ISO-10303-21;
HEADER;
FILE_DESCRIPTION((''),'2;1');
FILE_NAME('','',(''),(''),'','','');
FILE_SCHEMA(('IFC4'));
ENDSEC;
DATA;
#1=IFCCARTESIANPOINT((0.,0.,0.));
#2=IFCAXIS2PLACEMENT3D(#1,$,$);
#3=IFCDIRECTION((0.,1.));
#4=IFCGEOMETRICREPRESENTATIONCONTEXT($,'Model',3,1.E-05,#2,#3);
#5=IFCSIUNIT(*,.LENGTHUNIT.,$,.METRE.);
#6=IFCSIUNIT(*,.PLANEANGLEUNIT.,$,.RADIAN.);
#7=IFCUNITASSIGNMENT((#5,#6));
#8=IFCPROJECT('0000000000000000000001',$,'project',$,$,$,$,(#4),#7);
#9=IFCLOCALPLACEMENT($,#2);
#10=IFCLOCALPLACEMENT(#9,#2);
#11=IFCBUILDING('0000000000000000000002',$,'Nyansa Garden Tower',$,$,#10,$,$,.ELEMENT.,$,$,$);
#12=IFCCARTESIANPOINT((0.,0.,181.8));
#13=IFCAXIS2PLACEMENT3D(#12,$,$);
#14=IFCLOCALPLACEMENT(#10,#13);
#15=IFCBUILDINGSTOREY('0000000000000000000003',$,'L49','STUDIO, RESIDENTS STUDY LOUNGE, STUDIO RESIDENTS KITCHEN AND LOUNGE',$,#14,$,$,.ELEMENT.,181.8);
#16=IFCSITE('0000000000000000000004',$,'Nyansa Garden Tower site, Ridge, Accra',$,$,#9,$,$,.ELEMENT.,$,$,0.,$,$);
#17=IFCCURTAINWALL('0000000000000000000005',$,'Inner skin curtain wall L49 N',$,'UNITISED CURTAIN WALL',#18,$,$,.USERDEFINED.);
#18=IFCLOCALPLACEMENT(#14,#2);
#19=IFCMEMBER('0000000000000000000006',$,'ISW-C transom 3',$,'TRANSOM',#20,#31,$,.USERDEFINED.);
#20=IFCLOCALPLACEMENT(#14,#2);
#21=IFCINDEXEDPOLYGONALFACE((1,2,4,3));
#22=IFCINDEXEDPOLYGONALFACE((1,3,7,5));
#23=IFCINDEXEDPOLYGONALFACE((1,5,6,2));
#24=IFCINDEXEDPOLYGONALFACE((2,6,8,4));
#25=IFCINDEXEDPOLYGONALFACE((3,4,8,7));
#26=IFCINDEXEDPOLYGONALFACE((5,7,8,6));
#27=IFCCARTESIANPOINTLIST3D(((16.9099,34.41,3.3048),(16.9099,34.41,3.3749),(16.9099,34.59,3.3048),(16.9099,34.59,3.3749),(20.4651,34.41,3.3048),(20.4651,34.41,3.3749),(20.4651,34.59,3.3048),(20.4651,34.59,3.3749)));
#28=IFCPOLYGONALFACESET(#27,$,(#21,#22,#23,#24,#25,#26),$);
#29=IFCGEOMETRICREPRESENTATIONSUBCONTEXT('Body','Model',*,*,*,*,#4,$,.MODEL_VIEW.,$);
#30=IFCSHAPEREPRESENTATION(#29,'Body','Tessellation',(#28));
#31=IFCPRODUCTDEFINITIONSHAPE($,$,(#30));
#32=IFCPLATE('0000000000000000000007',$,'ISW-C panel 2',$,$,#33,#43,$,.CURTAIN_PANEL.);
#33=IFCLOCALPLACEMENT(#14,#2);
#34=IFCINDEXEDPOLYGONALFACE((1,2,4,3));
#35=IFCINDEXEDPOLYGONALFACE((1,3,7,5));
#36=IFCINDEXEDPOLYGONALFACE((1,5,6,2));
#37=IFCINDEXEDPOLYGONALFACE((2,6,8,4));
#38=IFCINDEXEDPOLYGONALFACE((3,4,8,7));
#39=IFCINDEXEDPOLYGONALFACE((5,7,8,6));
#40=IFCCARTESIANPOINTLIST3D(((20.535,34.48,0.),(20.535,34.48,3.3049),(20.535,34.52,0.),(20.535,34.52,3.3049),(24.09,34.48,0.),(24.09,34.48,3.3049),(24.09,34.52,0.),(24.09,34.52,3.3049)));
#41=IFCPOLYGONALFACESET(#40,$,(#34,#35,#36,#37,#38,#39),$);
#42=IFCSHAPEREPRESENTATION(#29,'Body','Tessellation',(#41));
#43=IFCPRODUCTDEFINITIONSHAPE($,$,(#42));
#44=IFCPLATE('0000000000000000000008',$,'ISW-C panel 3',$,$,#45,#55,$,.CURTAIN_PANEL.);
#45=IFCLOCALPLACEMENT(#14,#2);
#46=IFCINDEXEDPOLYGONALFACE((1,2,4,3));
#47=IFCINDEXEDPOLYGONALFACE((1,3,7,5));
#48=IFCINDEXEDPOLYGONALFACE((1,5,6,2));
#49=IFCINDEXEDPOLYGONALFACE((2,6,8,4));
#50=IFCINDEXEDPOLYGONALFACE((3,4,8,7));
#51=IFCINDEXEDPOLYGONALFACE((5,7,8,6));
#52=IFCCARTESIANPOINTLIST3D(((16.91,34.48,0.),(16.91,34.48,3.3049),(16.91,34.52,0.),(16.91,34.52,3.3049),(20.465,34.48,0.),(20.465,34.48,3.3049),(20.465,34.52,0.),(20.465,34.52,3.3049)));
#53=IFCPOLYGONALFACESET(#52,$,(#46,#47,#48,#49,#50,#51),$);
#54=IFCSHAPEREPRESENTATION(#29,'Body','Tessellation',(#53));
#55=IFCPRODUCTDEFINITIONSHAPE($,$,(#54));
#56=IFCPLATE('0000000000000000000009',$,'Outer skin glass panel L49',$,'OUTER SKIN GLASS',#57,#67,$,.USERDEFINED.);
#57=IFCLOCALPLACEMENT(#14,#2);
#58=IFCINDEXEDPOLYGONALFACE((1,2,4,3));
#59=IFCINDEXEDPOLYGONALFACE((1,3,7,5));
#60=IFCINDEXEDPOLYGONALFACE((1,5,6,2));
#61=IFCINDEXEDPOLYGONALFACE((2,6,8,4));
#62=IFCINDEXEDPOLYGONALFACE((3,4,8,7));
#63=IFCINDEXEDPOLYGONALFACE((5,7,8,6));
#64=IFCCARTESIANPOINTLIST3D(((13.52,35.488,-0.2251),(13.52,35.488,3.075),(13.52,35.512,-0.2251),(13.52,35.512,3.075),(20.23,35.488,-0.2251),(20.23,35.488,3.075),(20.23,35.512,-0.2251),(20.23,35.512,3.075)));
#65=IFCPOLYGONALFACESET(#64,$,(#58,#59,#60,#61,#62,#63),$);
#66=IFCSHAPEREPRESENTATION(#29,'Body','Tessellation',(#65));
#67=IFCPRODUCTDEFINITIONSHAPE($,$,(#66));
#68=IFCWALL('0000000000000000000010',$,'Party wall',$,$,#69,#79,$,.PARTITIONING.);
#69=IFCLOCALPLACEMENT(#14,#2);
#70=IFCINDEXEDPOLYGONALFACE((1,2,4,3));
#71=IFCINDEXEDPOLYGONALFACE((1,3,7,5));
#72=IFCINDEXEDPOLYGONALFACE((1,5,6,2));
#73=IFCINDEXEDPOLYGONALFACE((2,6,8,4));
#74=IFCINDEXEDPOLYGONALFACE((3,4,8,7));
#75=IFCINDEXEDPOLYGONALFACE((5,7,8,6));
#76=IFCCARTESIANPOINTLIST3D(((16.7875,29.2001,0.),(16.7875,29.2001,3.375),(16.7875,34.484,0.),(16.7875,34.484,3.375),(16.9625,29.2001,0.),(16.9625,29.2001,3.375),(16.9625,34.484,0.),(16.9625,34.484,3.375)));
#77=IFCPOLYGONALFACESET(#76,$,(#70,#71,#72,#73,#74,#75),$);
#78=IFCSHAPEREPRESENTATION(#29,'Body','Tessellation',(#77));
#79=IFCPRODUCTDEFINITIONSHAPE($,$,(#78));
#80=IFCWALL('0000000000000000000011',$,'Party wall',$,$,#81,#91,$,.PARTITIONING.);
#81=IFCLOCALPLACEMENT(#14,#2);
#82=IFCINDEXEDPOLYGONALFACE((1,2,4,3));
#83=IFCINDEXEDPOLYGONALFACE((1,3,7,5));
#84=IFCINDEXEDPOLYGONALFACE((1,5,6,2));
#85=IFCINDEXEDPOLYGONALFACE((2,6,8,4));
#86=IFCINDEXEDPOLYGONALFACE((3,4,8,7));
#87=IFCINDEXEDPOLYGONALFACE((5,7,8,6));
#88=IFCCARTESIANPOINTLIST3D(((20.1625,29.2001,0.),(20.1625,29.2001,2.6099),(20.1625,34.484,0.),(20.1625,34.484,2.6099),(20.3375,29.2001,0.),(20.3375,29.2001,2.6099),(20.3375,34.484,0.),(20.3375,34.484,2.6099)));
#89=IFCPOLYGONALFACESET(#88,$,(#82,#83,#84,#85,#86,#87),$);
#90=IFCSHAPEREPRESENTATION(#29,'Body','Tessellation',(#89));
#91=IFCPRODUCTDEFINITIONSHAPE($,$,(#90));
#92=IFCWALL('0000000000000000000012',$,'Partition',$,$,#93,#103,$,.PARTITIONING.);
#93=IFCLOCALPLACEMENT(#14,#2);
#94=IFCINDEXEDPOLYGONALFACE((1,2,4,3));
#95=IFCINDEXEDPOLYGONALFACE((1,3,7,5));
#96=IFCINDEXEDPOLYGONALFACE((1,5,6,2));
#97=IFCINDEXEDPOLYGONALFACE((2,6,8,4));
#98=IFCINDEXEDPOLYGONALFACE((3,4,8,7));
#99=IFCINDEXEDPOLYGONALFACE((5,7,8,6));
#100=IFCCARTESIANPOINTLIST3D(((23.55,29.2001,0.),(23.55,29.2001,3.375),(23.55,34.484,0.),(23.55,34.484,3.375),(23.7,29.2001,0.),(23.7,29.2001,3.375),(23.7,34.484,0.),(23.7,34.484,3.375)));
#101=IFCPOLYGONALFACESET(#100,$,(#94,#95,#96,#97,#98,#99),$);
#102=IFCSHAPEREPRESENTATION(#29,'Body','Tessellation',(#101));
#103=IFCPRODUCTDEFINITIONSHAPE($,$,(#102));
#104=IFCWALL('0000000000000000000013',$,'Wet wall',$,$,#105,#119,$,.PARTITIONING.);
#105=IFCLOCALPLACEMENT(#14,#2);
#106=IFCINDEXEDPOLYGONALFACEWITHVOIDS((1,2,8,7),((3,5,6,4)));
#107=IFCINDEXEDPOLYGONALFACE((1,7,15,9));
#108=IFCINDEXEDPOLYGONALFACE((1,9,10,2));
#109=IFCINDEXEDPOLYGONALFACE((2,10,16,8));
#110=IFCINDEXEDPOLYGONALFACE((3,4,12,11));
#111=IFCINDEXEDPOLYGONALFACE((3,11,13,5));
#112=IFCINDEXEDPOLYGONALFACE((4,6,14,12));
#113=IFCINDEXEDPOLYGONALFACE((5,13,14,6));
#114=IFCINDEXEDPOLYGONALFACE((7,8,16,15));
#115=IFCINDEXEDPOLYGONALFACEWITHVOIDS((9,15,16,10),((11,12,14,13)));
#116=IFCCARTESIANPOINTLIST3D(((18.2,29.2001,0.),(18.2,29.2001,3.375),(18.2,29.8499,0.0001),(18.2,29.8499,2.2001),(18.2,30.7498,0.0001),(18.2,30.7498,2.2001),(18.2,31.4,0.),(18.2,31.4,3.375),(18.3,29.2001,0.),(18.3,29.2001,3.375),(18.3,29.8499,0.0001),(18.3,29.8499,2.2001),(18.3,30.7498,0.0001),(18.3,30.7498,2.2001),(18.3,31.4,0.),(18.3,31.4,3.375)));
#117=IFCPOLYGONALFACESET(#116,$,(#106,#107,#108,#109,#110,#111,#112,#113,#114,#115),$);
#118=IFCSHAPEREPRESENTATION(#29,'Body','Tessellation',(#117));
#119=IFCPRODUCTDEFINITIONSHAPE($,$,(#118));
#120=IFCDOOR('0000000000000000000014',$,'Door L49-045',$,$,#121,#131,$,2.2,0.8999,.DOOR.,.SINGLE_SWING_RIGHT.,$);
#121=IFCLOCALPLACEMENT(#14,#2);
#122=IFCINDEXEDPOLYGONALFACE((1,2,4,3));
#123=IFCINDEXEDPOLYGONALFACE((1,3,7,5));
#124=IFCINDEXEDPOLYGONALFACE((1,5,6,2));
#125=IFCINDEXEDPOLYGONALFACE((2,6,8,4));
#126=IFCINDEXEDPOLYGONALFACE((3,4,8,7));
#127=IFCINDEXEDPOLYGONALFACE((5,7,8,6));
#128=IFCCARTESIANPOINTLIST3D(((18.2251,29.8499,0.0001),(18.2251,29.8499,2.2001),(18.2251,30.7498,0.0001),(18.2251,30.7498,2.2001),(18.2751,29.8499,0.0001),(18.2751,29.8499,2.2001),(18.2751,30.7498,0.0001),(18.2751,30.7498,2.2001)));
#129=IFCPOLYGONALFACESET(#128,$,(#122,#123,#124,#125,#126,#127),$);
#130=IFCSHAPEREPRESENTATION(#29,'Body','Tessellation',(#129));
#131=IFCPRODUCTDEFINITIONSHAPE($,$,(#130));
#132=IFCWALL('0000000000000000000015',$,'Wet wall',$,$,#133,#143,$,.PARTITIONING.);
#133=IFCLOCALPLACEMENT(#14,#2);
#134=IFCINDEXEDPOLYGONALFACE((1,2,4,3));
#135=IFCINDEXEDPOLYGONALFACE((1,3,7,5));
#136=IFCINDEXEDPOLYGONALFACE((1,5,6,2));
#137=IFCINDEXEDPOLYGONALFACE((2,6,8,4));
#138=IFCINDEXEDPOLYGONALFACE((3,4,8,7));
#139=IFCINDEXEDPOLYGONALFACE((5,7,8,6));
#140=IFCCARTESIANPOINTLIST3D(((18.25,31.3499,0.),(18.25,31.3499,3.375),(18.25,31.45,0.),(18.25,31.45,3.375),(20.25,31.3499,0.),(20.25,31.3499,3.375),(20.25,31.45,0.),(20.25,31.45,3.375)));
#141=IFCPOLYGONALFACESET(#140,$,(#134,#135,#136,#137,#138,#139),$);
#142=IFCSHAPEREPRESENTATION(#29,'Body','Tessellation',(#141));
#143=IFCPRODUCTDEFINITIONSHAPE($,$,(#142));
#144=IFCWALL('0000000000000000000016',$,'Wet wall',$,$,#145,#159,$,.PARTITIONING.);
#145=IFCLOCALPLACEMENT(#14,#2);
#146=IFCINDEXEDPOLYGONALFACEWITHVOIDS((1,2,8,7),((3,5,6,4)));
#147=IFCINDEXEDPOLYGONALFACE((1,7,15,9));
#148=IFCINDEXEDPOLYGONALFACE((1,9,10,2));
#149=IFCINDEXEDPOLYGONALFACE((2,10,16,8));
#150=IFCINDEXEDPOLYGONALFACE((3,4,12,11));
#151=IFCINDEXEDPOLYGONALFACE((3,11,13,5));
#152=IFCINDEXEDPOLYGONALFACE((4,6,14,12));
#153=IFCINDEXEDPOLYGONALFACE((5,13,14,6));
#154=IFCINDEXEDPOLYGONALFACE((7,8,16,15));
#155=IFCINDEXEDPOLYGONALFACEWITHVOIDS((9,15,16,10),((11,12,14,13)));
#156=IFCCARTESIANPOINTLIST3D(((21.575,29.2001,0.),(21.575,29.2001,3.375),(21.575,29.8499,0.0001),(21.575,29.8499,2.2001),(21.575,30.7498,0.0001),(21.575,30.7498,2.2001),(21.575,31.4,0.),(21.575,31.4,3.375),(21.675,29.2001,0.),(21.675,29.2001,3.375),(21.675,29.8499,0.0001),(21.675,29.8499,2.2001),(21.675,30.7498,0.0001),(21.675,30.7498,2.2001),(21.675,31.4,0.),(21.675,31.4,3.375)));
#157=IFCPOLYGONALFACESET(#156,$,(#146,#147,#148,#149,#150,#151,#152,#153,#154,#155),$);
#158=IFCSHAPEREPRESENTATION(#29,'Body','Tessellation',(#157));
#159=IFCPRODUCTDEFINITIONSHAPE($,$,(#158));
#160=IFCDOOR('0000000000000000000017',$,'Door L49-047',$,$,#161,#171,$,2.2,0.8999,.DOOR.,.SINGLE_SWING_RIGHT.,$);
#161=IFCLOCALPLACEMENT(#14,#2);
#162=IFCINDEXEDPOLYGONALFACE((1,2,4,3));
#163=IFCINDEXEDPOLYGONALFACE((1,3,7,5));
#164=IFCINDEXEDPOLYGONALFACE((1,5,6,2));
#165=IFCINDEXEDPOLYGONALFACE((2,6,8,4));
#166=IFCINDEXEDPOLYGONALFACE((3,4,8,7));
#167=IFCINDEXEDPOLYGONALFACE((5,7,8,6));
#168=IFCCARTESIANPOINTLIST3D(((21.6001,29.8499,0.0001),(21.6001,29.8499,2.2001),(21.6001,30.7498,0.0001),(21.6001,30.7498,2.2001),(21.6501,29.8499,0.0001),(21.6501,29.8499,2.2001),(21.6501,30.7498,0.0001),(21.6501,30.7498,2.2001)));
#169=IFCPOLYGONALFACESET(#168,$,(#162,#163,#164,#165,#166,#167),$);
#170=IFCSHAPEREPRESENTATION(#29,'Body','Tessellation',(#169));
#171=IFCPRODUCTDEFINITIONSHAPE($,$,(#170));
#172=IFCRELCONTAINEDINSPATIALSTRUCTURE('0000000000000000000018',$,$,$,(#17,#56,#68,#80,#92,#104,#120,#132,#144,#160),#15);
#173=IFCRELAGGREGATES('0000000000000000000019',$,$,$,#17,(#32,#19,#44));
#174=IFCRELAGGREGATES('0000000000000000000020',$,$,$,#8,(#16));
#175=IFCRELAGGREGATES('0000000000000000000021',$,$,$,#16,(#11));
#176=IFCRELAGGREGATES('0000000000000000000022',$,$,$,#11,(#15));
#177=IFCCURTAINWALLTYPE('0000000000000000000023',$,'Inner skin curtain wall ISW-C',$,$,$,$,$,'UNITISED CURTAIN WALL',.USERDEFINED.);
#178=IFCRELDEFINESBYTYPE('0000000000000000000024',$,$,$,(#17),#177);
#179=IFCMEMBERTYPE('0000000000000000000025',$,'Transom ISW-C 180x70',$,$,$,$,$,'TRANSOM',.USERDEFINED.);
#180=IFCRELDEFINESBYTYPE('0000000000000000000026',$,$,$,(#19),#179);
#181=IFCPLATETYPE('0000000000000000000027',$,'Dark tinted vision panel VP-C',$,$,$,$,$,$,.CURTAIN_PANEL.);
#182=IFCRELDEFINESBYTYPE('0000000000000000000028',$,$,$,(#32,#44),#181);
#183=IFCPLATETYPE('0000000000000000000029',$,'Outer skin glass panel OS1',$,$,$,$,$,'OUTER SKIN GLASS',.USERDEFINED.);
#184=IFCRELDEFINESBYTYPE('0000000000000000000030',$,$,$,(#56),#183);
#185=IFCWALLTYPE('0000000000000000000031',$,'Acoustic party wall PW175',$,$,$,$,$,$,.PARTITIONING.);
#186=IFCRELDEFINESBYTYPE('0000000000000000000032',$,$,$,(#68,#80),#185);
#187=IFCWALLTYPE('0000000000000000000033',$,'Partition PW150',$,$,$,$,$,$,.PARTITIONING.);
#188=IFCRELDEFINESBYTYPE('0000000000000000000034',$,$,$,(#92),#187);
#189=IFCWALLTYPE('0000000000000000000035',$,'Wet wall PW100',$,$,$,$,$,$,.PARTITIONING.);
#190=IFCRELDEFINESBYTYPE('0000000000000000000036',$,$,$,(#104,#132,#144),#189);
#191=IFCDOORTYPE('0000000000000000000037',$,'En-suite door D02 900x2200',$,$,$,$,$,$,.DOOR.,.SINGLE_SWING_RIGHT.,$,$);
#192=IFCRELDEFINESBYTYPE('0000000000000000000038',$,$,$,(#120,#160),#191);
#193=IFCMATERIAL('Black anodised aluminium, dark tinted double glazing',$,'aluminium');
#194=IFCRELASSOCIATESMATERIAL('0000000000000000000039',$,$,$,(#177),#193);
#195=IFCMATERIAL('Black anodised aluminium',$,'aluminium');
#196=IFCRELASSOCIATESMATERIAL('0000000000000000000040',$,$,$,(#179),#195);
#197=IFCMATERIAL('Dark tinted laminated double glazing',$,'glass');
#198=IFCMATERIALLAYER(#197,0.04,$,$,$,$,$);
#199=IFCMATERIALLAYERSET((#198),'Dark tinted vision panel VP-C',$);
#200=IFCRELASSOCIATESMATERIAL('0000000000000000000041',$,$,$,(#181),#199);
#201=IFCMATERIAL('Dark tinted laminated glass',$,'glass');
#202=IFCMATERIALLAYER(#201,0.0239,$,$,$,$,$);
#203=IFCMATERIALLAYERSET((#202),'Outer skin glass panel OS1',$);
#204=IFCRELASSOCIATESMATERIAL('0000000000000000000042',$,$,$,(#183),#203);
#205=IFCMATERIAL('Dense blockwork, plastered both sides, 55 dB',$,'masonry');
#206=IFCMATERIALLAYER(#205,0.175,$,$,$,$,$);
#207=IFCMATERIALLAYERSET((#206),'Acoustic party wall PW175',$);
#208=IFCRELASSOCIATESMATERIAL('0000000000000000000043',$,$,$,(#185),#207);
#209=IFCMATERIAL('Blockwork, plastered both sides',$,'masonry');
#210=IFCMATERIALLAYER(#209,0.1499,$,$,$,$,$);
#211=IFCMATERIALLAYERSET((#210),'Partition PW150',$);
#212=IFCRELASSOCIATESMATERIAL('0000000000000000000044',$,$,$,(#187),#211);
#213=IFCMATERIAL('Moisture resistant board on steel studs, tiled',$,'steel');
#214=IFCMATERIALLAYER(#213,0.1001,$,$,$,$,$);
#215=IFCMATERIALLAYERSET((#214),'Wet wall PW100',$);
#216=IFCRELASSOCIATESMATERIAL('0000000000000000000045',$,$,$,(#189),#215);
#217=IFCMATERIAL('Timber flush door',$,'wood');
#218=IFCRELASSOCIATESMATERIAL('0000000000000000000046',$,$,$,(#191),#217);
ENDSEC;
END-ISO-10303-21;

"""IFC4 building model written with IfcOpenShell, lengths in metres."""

from ifc_helpers import new_model, si_unit, direction, frame, frame_2d, origin, origin_2d, place, context, subcontext, project, spatial, rectangle, extrude, material, layer, layer_set, material_profile, profile_set, type_object, element, fill, aggregate, save


model = new_model("IFC4")

# Units and contexts
model_context = context("Model", 3, precision=1e-05, world=origin(), true_north=direction((0.0, 1.0)))
body_context = subcontext(model_context, "Body", "Model", "MODEL_VIEW")
ifc_project = project(units=[si_unit("LENGTHUNIT", "METRE"), si_unit("PLANEANGLEUNIT", "RADIAN")], contexts=[model_context])

# Site, building, storey
site_placement = place(None, origin())
site = spatial("IfcSite", under=ifc_project, at=site_placement, Name="Nyansa Garden Tower site, Ridge, Accra", CompositionType="ELEMENT", RefElevation=0.0)
building_placement = place(site_placement, origin())
building = spatial("IfcBuilding", under=site, at=building_placement, Name="Nyansa Garden Tower", CompositionType="ELEMENT")
storey_placement = place(building_placement, frame((0.0, 0.0, 181.8)))
storey = spatial("IfcBuildingStorey", under=building, at=storey_placement, Name="L49", Description="STUDIO, RESIDENTS STUDY LOUNGE, STUDIO RESIDENTS KITCHEN AND LOUNGE", CompositionType="ELEMENT", Elevation=181.8)

# Curtain wall
ifc_material_1 = material(Name="Black anodised aluminium, dark tinted double glazing", Category="aluminium")
curtain_wall_type = type_object("IfcCurtainWallType", Name="Inner skin curtain wall ISW-C", ElementType="UNITISED CURTAIN WALL", PredefinedType="USERDEFINED", material=ifc_material_1)
curtain_wall_placement = place(storey_placement, origin())
curtain_wall = element("IfcCurtainWall", 1, at=curtain_wall_placement, inside=storey, type_object=curtain_wall_type, Name="Inner skin curtain wall L49 N", ObjectType="UNITISED CURTAIN WALL", PredefinedType="USERDEFINED")

# Member
ifc_material_2 = material(Name="Black anodised aluminium", Category="aluminium")
ifc_material_profile_1 = material_profile(ifc_material_2, rectangle(XDim=0.1799, YDim=0.0701, at=origin_2d()), Name="Transom 180x70")
ifc_profile_set_1 = profile_set([ifc_material_profile_1], Name="Black anodised aluminium")
member_type_1 = type_object("IfcMemberType", Name="Transom ISW-C 180x70", ElementType="TRANSOM", PredefinedType="USERDEFINED", material=ifc_profile_set_1)
member_1_placement = place(storey_placement, frame((20.4651, 34.5, 3.3398), z_axis=(-1.0, 0.0, 0.0), x_axis=(0.0, -1.0, 0.0)))
member_1 = element("IfcMember", 2, at=member_1_placement, type_object=member_type_1, Name="ISW-C transom 3", ObjectType="TRANSOM", PredefinedType="USERDEFINED", context=body_context, shape_type="SweptSolid", body=[
    extrude(rectangle(XDim=0.1799, YDim=0.0701, at=origin_2d()), origin(), (0.0, 0.0, 1.0), 3.5552),
])

# Plates
ifc_material_3 = material(Name="Dark tinted laminated double glazing", Category="glass")
ifc_layer_1 = layer(ifc_material_3, 0.04)
ifc_layer_set_1 = layer_set([ifc_layer_1], Name="Dark tinted vision panel VP-C")
plate_type_1 = type_object("IfcPlateType", Name="Dark tinted vision panel VP-C", PredefinedType="CURTAIN_PANEL", material=ifc_layer_set_1)
plate_1_placement = place(storey_placement, frame((22.3125, 34.5, 0.0), z_axis=(0.0, 0.0, 1.0), x_axis=(-1.0, 0.0, 0.0)))
plate_1 = element("IfcPlate", 3, at=plate_1_placement, type_object=plate_type_1, Name="ISW-C panel 2", PredefinedType="CURTAIN_PANEL", context=body_context, shape_type="SweptSolid", body=[
    extrude(rectangle(XDim=3.5549, YDim=0.04, at=origin_2d()), origin(), (0.0, 0.0, 1.0), 3.3049),
])
plate_2_placement = place(storey_placement, frame((18.6875, 34.5, 0.0), z_axis=(0.0, 0.0, 1.0), x_axis=(-1.0, 0.0, 0.0)))
plate_2 = element("IfcPlate", 4, at=plate_2_placement, type_object=plate_type_1, Name="ISW-C panel 3", PredefinedType="CURTAIN_PANEL", context=body_context, shape_type="SweptSolid", body=[
    extrude(rectangle(XDim=3.5549, YDim=0.04, at=origin_2d()), origin(), (0.0, 0.0, 1.0), 3.3049),
])
aggregate(curtain_wall, [plate_1, member_1, plate_2])
ifc_material_4 = material(Name="Dark tinted laminated glass", Category="glass")
ifc_layer_2 = layer(ifc_material_4, 0.0239)
ifc_layer_set_2 = layer_set([ifc_layer_2], Name="Outer skin glass panel OS1")
plate_type_2 = type_object("IfcPlateType", Name="Outer skin glass panel OS1", ElementType="OUTER SKIN GLASS", PredefinedType="USERDEFINED", material=ifc_layer_set_2)
plate_3_placement = place(storey_placement, frame((16.875, 35.5, -0.2251), z_axis=(0.0, 0.0, 1.0), x_axis=(1.0, 0.0, 0.0)))
element("IfcPlate", 5, at=plate_3_placement, inside=storey, type_object=plate_type_2, Name="Outer skin glass panel L49", ObjectType="OUTER SKIN GLASS", PredefinedType="USERDEFINED", context=body_context, shape_type="SweptSolid", body=[
    extrude(rectangle(XDim=6.71, YDim=0.0239, at=origin_2d()), origin(), (0.0, 0.0, 1.0), 3.3),
])

# Walls
ifc_material_5 = material(Name="Dense blockwork, plastered both sides, 55 dB", Category="masonry")
ifc_layer_3 = layer(ifc_material_5, 0.175)
ifc_layer_set_3 = layer_set([ifc_layer_3], Name="Acoustic party wall PW175")
wall_type_1 = type_object("IfcWallType", Name="Acoustic party wall PW175", PredefinedType="PARTITIONING", material=ifc_layer_set_3)
wall_1_placement = place(storey_placement, frame((16.875, 29.2, 0.0), z_axis=(0.0, 0.0, 1.0), x_axis=(0.0, 1.0, 0.0)))
element("IfcWall", 6, at=wall_1_placement, inside=storey, type_object=wall_type_1, Name="Party wall", PredefinedType="PARTITIONING", context=body_context, shape_type="SweptSolid", body=[
    extrude(rectangle(XDim=5.2839, YDim=0.175, at=frame_2d((2.6421, 0.0))), origin(), (0.0, 0.0, 1.0), 3.375),
])
wall_2_placement = place(storey_placement, frame((20.25, 29.2, 0.0), z_axis=(0.0, 0.0, 1.0), x_axis=(0.0, 1.0, 0.0)))
element("IfcWall", 7, at=wall_2_placement, inside=storey, type_object=wall_type_1, Name="Party wall", PredefinedType="PARTITIONING", context=body_context, shape_type="SweptSolid", body=[
    extrude(rectangle(XDim=5.2839, YDim=0.175, at=frame_2d((2.6421, 0.0))), origin(), (0.0, 0.0, 1.0), 2.6099),
])
ifc_material_6 = material(Name="Blockwork, plastered both sides", Category="masonry")
ifc_layer_4 = layer(ifc_material_6, 0.1499)
ifc_layer_set_4 = layer_set([ifc_layer_4], Name="Partition PW150")
wall_type_2 = type_object("IfcWallType", Name="Partition PW150", PredefinedType="PARTITIONING", material=ifc_layer_set_4)
wall_3_placement = place(storey_placement, frame((23.625, 29.2, 0.0), z_axis=(0.0, 0.0, 1.0), x_axis=(0.0, 1.0, 0.0)))
element("IfcWall", 8, at=wall_3_placement, inside=storey, type_object=wall_type_2, Name="Partition", PredefinedType="PARTITIONING", context=body_context, shape_type="SweptSolid", body=[
    extrude(rectangle(XDim=5.2839, YDim=0.1499, at=frame_2d((2.6421, 0.0))), origin(), (0.0, 0.0, 1.0), 3.375),
])

# Wall, opening, door
ifc_material_7 = material(Name="Moisture resistant board on steel studs, tiled", Category="steel")
ifc_layer_5 = layer(ifc_material_7, 0.1001)
ifc_layer_set_5 = layer_set([ifc_layer_5], Name="Wet wall PW100")
wall_type_3 = type_object("IfcWallType", Name="Wet wall PW100", PredefinedType="PARTITIONING", material=ifc_layer_set_5)
wall_4_placement = place(storey_placement, frame((18.25, 29.2, 0.0), z_axis=(0.0, 0.0, 1.0), x_axis=(0.0, 1.0, 0.0)))
wall_4 = element("IfcWall", 9, at=wall_4_placement, inside=storey, type_object=wall_type_3, Name="Wet wall", PredefinedType="PARTITIONING", context=body_context, shape_type="SweptSolid", body=[
    extrude(rectangle(XDim=2.2, YDim=0.1001, at=frame_2d((1.1001, 0.0))), origin(), (0.0, 0.0, 1.0), 3.375),
])
opening_1_placement = place(wall_4_placement, frame((0.6499, 0.0, 0.0)))
opening_1 = element("IfcOpeningElement", 10, at=opening_1_placement, cuts=wall_4, PredefinedType="OPENING", context=body_context, shape_type="SweptSolid", body=[
    extrude(rectangle(XDim=0.8999, YDim=2.2, at=frame_2d((0.45, 1.1001))), frame((0.0, 0.0601, 0.0), z_axis=(0.0, -1.0, 0.0), x_axis=(1.0, 0.0, 0.0)), (0.0, 0.0, 1.0), 0.1201),
])
ifc_material_8 = material(Name="Timber flush door", Category="wood")
door_type = type_object("IfcDoorType", Name="En-suite door D02 900x2200", OperationType="SINGLE_SWING_RIGHT", PredefinedType="DOOR", material=ifc_material_8)
door_1_placement = place(opening_1_placement, origin())
door_1 = element("IfcDoor", 11, at=door_1_placement, inside=storey, type_object=door_type, Name="Door L49-045", OperationType="SINGLE_SWING_RIGHT", OverallHeight=2.2, OverallWidth=0.8999, PredefinedType="DOOR", context=body_context, shape_type="SweptSolid", body=[
    extrude(rectangle(XDim=0.8999, YDim=2.2, at=frame_2d((0.45, 1.1001))), frame((0.0, 0.0249, 0.0), z_axis=(0.0, -1.0, 0.0), x_axis=(1.0, 0.0, 0.0)), (0.0, 0.0, 1.0), 0.05),
])
fill(opening_1, door_1)

# Wall
wall_5_placement = place(storey_placement, frame((18.25, 31.3999, 0.0), z_axis=(0.0, 0.0, 1.0), x_axis=(1.0, 0.0, 0.0)))
element("IfcWall", 12, at=wall_5_placement, inside=storey, type_object=wall_type_3, Name="Wet wall", PredefinedType="PARTITIONING", context=body_context, shape_type="SweptSolid", body=[
    extrude(rectangle(XDim=2.0, YDim=0.1001, at=frame_2d((1.0, 0.0))), origin(), (0.0, 0.0, 1.0), 3.375),
])

# Wall, opening, door
wall_6_placement = place(storey_placement, frame((21.625, 29.2, 0.0), z_axis=(0.0, 0.0, 1.0), x_axis=(0.0, 1.0, 0.0)))
wall_6 = element("IfcWall", 13, at=wall_6_placement, inside=storey, type_object=wall_type_3, Name="Wet wall", PredefinedType="PARTITIONING", context=body_context, shape_type="SweptSolid", body=[
    extrude(rectangle(XDim=2.2, YDim=0.1001, at=frame_2d((1.1001, 0.0))), origin(), (0.0, 0.0, 1.0), 3.375),
])
opening_2_placement = place(wall_6_placement, frame((0.6499, 0.0, 0.0)))
opening_2 = element("IfcOpeningElement", 14, at=opening_2_placement, cuts=wall_6, PredefinedType="OPENING", context=body_context, shape_type="SweptSolid", body=[
    extrude(rectangle(XDim=0.8999, YDim=2.2, at=frame_2d((0.45, 1.1001))), frame((0.0, 0.0601, 0.0), z_axis=(0.0, -1.0, 0.0), x_axis=(1.0, 0.0, 0.0)), (0.0, 0.0, 1.0), 0.1201),
])
door_2_placement = place(opening_2_placement, origin())
door_2 = element("IfcDoor", 15, at=door_2_placement, inside=storey, type_object=door_type, Name="Door L49-047", OperationType="SINGLE_SWING_RIGHT", OverallHeight=2.2, OverallWidth=0.8999, PredefinedType="DOOR", context=body_context, shape_type="SweptSolid", body=[
    extrude(rectangle(XDim=0.8999, YDim=2.2, at=frame_2d((0.45, 1.1001))), frame((0.0, 0.0249, 0.0), z_axis=(0.0, -1.0, 0.0), x_axis=(1.0, 0.0, 0.0)), (0.0, 0.0, 1.0), 0.05),
])
fill(opening_2, door_2)

save(model, "model.ifc")
